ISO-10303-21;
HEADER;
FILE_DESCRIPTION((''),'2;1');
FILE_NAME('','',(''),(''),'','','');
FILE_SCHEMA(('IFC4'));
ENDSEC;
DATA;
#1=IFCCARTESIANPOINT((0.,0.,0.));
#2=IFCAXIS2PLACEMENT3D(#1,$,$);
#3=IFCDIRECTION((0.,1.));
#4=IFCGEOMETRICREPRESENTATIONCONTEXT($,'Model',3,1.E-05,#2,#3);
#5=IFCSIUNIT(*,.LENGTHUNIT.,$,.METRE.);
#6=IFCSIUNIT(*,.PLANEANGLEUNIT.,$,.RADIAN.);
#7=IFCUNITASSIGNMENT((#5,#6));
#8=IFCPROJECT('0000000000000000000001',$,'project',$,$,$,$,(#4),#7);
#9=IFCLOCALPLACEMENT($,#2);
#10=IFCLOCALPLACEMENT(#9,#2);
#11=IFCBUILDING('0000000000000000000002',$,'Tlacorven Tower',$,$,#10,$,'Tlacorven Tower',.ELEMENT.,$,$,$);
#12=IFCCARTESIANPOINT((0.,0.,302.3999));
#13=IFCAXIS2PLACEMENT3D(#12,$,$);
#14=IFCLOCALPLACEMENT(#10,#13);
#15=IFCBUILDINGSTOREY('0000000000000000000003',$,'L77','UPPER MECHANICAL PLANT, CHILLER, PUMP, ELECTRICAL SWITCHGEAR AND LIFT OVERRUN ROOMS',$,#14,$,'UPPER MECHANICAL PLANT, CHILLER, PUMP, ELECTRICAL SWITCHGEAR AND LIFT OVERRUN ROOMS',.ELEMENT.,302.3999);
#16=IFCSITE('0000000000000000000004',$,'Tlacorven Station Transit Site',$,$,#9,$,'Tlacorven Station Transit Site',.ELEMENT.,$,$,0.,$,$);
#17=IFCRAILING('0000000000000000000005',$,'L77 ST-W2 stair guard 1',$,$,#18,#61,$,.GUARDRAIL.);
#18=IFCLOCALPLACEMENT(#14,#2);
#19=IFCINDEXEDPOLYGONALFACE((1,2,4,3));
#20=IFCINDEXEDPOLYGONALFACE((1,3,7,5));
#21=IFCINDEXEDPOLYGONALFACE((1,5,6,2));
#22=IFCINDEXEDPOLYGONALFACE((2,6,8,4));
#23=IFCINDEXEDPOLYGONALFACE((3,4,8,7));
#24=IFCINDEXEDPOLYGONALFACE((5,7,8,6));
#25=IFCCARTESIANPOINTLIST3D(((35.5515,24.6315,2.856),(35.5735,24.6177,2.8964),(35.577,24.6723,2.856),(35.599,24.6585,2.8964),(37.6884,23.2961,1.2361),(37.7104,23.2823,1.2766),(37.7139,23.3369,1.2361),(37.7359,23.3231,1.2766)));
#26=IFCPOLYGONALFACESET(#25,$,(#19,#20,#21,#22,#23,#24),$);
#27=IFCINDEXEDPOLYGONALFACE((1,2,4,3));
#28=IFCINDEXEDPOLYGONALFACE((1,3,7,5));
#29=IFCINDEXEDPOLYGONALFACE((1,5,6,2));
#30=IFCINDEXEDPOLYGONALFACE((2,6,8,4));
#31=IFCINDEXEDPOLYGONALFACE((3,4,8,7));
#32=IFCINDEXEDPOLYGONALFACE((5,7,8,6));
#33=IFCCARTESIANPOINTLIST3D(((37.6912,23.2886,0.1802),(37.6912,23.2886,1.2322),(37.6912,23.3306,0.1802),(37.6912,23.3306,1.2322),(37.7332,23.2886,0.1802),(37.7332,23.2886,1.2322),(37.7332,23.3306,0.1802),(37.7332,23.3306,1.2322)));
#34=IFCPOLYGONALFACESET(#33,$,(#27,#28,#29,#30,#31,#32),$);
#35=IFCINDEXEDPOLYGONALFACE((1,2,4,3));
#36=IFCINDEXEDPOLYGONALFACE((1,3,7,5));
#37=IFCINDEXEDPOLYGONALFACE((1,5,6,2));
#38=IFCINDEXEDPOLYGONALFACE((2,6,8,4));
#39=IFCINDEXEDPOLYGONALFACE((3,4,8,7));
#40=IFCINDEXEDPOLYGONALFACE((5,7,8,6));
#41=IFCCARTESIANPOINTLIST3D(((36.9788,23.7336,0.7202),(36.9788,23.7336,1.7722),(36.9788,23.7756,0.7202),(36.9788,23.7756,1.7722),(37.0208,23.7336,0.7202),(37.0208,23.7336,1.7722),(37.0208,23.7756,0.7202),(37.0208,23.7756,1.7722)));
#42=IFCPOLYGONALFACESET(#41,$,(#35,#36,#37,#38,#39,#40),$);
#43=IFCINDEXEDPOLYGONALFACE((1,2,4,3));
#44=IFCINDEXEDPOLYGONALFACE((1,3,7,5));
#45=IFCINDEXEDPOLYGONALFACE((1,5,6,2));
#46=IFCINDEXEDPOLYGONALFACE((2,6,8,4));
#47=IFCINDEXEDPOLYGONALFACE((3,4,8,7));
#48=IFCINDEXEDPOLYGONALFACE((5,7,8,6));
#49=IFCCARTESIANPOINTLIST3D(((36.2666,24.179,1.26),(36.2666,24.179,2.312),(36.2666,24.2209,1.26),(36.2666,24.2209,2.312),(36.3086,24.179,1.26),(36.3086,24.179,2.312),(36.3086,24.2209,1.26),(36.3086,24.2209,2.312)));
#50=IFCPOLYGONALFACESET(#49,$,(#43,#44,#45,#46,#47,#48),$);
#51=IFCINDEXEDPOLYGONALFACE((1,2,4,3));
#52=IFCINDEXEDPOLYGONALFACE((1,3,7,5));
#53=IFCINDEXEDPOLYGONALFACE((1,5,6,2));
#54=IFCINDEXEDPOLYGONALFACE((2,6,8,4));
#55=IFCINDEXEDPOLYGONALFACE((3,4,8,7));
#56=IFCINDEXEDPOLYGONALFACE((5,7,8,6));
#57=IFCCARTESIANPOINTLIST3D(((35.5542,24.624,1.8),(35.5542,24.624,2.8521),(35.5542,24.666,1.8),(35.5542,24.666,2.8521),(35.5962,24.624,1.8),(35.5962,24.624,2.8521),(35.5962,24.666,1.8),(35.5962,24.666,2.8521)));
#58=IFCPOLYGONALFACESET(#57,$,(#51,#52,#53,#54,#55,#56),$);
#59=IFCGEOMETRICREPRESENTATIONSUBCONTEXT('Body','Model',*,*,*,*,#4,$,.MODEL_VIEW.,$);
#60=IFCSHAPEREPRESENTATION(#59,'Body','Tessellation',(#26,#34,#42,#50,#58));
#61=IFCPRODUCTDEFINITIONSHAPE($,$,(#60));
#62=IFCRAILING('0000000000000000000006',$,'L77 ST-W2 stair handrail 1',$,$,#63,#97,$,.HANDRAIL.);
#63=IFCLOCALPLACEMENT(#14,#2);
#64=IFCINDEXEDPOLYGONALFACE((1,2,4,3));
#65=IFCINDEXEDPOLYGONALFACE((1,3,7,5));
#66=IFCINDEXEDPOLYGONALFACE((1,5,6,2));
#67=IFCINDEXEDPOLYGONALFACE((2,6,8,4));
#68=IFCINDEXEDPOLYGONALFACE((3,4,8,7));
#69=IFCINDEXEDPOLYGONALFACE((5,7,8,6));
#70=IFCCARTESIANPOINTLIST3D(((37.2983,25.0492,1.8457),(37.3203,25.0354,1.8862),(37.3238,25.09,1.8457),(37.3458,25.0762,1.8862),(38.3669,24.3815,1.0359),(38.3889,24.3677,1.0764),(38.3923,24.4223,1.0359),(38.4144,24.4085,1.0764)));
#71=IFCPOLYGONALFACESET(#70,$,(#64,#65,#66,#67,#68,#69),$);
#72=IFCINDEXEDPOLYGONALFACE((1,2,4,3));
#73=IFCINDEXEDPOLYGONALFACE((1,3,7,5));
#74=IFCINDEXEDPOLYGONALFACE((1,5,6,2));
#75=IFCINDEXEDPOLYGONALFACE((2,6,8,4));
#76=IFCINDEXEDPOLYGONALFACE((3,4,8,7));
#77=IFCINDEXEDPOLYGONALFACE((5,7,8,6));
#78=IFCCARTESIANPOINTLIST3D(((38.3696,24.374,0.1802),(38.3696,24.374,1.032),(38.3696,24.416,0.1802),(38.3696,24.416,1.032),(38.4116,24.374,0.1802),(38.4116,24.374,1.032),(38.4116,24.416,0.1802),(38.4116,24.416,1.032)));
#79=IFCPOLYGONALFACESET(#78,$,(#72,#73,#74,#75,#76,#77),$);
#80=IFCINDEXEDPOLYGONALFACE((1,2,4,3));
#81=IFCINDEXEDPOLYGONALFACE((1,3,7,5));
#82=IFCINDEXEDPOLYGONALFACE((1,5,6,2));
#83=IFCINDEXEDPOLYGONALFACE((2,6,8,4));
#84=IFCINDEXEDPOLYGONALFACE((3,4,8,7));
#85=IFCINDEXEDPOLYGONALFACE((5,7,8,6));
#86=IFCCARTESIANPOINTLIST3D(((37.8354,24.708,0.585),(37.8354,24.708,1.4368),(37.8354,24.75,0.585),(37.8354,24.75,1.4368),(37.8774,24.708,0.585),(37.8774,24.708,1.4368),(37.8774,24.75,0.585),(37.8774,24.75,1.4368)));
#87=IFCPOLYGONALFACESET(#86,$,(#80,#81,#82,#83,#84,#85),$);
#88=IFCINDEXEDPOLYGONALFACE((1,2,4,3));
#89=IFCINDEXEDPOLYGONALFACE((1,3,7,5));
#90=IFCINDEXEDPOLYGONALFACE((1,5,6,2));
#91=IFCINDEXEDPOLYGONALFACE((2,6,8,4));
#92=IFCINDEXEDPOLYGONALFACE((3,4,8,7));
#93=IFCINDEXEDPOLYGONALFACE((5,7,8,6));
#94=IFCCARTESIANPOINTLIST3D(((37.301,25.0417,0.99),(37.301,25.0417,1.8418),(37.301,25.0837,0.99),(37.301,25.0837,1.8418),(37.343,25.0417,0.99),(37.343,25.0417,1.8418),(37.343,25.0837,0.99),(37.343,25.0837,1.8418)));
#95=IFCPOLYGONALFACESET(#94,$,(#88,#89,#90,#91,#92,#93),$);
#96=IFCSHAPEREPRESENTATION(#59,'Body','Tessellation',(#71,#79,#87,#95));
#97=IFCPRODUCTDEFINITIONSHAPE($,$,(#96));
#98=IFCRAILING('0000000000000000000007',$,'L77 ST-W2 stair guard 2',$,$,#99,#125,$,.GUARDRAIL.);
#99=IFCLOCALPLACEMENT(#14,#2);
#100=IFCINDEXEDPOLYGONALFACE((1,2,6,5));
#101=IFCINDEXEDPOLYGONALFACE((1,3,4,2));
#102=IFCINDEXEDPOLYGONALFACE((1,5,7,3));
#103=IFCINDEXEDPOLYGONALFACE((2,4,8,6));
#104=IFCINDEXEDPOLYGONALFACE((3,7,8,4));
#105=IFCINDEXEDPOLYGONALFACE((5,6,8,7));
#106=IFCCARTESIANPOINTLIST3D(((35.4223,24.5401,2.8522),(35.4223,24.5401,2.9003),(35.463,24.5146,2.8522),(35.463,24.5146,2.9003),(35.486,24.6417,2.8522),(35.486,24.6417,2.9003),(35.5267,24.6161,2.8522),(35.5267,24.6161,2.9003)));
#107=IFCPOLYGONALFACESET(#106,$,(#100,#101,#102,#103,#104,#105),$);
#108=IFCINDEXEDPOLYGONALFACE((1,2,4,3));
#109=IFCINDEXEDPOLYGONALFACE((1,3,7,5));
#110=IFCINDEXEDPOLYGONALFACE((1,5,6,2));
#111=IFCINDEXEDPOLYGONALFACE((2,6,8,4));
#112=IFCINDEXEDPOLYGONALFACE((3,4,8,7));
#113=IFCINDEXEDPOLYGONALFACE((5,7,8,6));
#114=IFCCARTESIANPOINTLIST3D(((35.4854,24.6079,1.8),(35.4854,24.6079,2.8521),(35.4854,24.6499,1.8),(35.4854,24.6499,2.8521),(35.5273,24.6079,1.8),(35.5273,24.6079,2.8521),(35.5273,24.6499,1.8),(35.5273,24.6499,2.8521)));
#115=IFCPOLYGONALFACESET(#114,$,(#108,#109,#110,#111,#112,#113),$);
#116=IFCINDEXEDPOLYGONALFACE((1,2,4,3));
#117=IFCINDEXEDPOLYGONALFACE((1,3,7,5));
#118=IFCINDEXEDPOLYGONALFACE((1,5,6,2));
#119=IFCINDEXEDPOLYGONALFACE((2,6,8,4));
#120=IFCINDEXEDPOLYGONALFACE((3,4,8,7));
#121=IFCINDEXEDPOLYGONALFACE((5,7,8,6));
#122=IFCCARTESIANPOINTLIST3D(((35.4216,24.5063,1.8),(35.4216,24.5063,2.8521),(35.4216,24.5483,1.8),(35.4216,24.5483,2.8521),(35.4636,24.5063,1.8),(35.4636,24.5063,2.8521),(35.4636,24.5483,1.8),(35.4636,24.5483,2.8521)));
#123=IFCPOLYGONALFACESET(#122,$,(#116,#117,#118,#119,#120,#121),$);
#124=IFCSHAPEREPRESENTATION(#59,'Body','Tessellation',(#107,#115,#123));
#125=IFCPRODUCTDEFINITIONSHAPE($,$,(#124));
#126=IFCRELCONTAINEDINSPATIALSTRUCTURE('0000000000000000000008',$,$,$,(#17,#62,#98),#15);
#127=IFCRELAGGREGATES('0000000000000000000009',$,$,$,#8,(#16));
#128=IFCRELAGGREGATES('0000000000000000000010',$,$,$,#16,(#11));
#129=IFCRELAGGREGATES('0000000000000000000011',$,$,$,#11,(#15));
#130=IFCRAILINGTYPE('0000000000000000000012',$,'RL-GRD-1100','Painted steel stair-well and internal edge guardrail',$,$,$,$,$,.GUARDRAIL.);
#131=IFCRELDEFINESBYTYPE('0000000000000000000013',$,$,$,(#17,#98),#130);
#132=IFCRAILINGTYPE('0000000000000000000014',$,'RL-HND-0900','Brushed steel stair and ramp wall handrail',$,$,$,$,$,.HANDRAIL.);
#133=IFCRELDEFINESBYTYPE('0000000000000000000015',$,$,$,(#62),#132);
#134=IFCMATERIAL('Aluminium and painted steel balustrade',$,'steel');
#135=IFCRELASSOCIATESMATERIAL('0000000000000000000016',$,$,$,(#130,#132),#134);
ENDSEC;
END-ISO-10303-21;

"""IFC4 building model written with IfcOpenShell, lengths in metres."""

from ifc_helpers import new_model, si_unit, direction, frame, origin, origin_2d, place, context, subcontext, project, spatial, rectangle, extrude, source, transform, mapped, material, type_object, element, save


model = new_model("IFC4")

# Units and contexts
model_context = context("Model", 3, precision=1e-05, world=origin(), true_north=direction((0.0, 1.0)))
body_context = subcontext(model_context, "Body", "Model", "MODEL_VIEW")
ifc_project = project(units=[si_unit("LENGTHUNIT", "METRE"), si_unit("PLANEANGLEUNIT", "RADIAN")], contexts=[model_context])

# Site, building, storey
site_placement = place(None, origin())
site = spatial("IfcSite", under=ifc_project, at=site_placement, Name="Tlacorven Station Transit Site", LongName="Tlacorven Station Transit Site", CompositionType="ELEMENT", RefElevation=0.0)
building_placement = place(site_placement, origin())
building = spatial("IfcBuilding", under=site, at=building_placement, Name="Tlacorven Tower", LongName="Tlacorven Tower", CompositionType="ELEMENT")
storey_placement = place(building_placement, frame((0.0, 0.0, 302.3999)))
storey = spatial("IfcBuildingStorey", under=building, at=storey_placement, Name="L77", Description="UPPER MECHANICAL PLANT, CHILLER, PUMP, ELECTRICAL SWITCHGEAR AND LIFT OVERRUN ROOMS", LongName="UPPER MECHANICAL PLANT, CHILLER, PUMP, ELECTRICAL SWITCHGEAR AND LIFT OVERRUN ROOMS", CompositionType="ELEMENT", Elevation=302.3999)

# Railings
ifc_material_1 = material(Name="Aluminium and painted steel balustrade", Category="steel")
railing_type_1 = type_object("IfcRailingType", Name="RL-GRD-1100", Description="Painted steel stair-well and internal edge guardrail", PredefinedType="GUARDRAIL", material=ifc_material_1)
railing_type_2 = type_object("IfcRailingType", Name="RL-HND-0900", Description="Brushed steel stair and ramp wall handrail", PredefinedType="HANDRAIL", material=ifc_material_1)
shared_shape_1 = source(origin(), body_context, "Body", "SweptSolid", [
    extrude(rectangle(XDim=0.0481, YDim=0.0481, at=origin_2d()), frame((0.0, 0.0, 1.0762), z_axis=(-0.713351, 0.445794, 0.540739), x_axis=(-0.529955, -0.848026, 0.0)), (0.0, 0.0, 1.0), 2.9956),
    extrude(rectangle(XDim=0.042, YDim=0.042, at=origin_2d()), origin(), (0.0, 0.0, 1.0), 1.052),
    extrude(rectangle(XDim=0.042, YDim=0.042, at=origin_2d()), frame((-0.7124, 0.4451, 0.54)), (0.0, 0.0, 1.0), 1.052),
    extrude(rectangle(XDim=0.042, YDim=0.042, at=origin_2d()), frame((-1.4246, 0.8904, 1.0798)), (0.0, 0.0, 1.0), 1.052),
    extrude(rectangle(XDim=0.042, YDim=0.042, at=origin_2d()), frame((-2.137, 1.3354, 1.6199)), (0.0, 0.0, 1.0), 1.052),
])
railing_1_placement = place(storey_placement, frame((37.7122, 23.3096, 0.1802)))
element("IfcRailing", 1, at=railing_1_placement, inside=storey, type_object=railing_type_1, Name="L77 ST-W2 stair guard 1", PredefinedType="GUARDRAIL", context=body_context, shape_type="MappedRepresentation", body=[
    mapped(shared_shape_1, transform((0.0, 0.0, 0.0), scale=1.0)),
])
shared_shape_2 = source(origin(), body_context, "Body", "SweptSolid", [
    extrude(rectangle(XDim=0.0481, YDim=0.0481, at=origin_2d()), frame((0.0, 0.0, 0.876), z_axis=(-0.713423, 0.445787, 0.540649), x_axis=(-0.529912, -0.848053, 0.0)), (0.0, 0.0, 1.0), 1.4978),
    extrude(rectangle(XDim=0.042, YDim=0.042, at=origin_2d()), origin(), (0.0, 0.0, 1.0), 0.8518),
    extrude(rectangle(XDim=0.042, YDim=0.042, at=origin_2d()), frame((-0.5342, 0.334, 0.4048)), (0.0, 0.0, 1.0), 0.8518),
    extrude(rectangle(XDim=0.042, YDim=0.042, at=origin_2d()), frame((-1.0686, 0.6677, 0.8098)), (0.0, 0.0, 1.0), 0.8518),
])
railing_2_placement = place(storey_placement, frame((38.3906, 24.395, 0.1802)))
element("IfcRailing", 2, at=railing_2_placement, inside=storey, type_object=railing_type_2, Name="L77 ST-W2 stair handrail 1", PredefinedType="HANDRAIL", context=body_context, shape_type="MappedRepresentation", body=[
    mapped(shared_shape_2, transform((0.0, 0.0, 0.0), scale=1.0)),
])
shared_shape_3 = source(origin(), body_context, "Body", "SweptSolid", [
    extrude(rectangle(XDim=0.0481, YDim=0.0481, at=origin_2d()), frame((0.0, 0.0, 1.0762), z_axis=(-0.531462, -0.847082, 0.0), x_axis=(0.847082, -0.531462, 0.0)), (0.0, 0.0, 1.0), 0.1199),
    extrude(rectangle(XDim=0.042, YDim=0.042, at=origin_2d()), origin(), (0.0, 0.0, 1.0), 1.052),
    extrude(rectangle(XDim=0.042, YDim=0.042, at=origin_2d()), frame((-0.0637, -0.1016, 0.0)), (0.0, 0.0, 1.0), 1.052),
])
railing_3_placement = place(storey_placement, frame((35.5063, 24.6289, 1.8)))
element("IfcRailing", 3, at=railing_3_placement, inside=storey, type_object=railing_type_1, Name="L77 ST-W2 stair guard 2", PredefinedType="GUARDRAIL", context=body_context, shape_type="MappedRepresentation", body=[
    mapped(shared_shape_3, transform((0.0, 0.0, 0.0), scale=1.0)),
])

save(model, "model.ifc")
